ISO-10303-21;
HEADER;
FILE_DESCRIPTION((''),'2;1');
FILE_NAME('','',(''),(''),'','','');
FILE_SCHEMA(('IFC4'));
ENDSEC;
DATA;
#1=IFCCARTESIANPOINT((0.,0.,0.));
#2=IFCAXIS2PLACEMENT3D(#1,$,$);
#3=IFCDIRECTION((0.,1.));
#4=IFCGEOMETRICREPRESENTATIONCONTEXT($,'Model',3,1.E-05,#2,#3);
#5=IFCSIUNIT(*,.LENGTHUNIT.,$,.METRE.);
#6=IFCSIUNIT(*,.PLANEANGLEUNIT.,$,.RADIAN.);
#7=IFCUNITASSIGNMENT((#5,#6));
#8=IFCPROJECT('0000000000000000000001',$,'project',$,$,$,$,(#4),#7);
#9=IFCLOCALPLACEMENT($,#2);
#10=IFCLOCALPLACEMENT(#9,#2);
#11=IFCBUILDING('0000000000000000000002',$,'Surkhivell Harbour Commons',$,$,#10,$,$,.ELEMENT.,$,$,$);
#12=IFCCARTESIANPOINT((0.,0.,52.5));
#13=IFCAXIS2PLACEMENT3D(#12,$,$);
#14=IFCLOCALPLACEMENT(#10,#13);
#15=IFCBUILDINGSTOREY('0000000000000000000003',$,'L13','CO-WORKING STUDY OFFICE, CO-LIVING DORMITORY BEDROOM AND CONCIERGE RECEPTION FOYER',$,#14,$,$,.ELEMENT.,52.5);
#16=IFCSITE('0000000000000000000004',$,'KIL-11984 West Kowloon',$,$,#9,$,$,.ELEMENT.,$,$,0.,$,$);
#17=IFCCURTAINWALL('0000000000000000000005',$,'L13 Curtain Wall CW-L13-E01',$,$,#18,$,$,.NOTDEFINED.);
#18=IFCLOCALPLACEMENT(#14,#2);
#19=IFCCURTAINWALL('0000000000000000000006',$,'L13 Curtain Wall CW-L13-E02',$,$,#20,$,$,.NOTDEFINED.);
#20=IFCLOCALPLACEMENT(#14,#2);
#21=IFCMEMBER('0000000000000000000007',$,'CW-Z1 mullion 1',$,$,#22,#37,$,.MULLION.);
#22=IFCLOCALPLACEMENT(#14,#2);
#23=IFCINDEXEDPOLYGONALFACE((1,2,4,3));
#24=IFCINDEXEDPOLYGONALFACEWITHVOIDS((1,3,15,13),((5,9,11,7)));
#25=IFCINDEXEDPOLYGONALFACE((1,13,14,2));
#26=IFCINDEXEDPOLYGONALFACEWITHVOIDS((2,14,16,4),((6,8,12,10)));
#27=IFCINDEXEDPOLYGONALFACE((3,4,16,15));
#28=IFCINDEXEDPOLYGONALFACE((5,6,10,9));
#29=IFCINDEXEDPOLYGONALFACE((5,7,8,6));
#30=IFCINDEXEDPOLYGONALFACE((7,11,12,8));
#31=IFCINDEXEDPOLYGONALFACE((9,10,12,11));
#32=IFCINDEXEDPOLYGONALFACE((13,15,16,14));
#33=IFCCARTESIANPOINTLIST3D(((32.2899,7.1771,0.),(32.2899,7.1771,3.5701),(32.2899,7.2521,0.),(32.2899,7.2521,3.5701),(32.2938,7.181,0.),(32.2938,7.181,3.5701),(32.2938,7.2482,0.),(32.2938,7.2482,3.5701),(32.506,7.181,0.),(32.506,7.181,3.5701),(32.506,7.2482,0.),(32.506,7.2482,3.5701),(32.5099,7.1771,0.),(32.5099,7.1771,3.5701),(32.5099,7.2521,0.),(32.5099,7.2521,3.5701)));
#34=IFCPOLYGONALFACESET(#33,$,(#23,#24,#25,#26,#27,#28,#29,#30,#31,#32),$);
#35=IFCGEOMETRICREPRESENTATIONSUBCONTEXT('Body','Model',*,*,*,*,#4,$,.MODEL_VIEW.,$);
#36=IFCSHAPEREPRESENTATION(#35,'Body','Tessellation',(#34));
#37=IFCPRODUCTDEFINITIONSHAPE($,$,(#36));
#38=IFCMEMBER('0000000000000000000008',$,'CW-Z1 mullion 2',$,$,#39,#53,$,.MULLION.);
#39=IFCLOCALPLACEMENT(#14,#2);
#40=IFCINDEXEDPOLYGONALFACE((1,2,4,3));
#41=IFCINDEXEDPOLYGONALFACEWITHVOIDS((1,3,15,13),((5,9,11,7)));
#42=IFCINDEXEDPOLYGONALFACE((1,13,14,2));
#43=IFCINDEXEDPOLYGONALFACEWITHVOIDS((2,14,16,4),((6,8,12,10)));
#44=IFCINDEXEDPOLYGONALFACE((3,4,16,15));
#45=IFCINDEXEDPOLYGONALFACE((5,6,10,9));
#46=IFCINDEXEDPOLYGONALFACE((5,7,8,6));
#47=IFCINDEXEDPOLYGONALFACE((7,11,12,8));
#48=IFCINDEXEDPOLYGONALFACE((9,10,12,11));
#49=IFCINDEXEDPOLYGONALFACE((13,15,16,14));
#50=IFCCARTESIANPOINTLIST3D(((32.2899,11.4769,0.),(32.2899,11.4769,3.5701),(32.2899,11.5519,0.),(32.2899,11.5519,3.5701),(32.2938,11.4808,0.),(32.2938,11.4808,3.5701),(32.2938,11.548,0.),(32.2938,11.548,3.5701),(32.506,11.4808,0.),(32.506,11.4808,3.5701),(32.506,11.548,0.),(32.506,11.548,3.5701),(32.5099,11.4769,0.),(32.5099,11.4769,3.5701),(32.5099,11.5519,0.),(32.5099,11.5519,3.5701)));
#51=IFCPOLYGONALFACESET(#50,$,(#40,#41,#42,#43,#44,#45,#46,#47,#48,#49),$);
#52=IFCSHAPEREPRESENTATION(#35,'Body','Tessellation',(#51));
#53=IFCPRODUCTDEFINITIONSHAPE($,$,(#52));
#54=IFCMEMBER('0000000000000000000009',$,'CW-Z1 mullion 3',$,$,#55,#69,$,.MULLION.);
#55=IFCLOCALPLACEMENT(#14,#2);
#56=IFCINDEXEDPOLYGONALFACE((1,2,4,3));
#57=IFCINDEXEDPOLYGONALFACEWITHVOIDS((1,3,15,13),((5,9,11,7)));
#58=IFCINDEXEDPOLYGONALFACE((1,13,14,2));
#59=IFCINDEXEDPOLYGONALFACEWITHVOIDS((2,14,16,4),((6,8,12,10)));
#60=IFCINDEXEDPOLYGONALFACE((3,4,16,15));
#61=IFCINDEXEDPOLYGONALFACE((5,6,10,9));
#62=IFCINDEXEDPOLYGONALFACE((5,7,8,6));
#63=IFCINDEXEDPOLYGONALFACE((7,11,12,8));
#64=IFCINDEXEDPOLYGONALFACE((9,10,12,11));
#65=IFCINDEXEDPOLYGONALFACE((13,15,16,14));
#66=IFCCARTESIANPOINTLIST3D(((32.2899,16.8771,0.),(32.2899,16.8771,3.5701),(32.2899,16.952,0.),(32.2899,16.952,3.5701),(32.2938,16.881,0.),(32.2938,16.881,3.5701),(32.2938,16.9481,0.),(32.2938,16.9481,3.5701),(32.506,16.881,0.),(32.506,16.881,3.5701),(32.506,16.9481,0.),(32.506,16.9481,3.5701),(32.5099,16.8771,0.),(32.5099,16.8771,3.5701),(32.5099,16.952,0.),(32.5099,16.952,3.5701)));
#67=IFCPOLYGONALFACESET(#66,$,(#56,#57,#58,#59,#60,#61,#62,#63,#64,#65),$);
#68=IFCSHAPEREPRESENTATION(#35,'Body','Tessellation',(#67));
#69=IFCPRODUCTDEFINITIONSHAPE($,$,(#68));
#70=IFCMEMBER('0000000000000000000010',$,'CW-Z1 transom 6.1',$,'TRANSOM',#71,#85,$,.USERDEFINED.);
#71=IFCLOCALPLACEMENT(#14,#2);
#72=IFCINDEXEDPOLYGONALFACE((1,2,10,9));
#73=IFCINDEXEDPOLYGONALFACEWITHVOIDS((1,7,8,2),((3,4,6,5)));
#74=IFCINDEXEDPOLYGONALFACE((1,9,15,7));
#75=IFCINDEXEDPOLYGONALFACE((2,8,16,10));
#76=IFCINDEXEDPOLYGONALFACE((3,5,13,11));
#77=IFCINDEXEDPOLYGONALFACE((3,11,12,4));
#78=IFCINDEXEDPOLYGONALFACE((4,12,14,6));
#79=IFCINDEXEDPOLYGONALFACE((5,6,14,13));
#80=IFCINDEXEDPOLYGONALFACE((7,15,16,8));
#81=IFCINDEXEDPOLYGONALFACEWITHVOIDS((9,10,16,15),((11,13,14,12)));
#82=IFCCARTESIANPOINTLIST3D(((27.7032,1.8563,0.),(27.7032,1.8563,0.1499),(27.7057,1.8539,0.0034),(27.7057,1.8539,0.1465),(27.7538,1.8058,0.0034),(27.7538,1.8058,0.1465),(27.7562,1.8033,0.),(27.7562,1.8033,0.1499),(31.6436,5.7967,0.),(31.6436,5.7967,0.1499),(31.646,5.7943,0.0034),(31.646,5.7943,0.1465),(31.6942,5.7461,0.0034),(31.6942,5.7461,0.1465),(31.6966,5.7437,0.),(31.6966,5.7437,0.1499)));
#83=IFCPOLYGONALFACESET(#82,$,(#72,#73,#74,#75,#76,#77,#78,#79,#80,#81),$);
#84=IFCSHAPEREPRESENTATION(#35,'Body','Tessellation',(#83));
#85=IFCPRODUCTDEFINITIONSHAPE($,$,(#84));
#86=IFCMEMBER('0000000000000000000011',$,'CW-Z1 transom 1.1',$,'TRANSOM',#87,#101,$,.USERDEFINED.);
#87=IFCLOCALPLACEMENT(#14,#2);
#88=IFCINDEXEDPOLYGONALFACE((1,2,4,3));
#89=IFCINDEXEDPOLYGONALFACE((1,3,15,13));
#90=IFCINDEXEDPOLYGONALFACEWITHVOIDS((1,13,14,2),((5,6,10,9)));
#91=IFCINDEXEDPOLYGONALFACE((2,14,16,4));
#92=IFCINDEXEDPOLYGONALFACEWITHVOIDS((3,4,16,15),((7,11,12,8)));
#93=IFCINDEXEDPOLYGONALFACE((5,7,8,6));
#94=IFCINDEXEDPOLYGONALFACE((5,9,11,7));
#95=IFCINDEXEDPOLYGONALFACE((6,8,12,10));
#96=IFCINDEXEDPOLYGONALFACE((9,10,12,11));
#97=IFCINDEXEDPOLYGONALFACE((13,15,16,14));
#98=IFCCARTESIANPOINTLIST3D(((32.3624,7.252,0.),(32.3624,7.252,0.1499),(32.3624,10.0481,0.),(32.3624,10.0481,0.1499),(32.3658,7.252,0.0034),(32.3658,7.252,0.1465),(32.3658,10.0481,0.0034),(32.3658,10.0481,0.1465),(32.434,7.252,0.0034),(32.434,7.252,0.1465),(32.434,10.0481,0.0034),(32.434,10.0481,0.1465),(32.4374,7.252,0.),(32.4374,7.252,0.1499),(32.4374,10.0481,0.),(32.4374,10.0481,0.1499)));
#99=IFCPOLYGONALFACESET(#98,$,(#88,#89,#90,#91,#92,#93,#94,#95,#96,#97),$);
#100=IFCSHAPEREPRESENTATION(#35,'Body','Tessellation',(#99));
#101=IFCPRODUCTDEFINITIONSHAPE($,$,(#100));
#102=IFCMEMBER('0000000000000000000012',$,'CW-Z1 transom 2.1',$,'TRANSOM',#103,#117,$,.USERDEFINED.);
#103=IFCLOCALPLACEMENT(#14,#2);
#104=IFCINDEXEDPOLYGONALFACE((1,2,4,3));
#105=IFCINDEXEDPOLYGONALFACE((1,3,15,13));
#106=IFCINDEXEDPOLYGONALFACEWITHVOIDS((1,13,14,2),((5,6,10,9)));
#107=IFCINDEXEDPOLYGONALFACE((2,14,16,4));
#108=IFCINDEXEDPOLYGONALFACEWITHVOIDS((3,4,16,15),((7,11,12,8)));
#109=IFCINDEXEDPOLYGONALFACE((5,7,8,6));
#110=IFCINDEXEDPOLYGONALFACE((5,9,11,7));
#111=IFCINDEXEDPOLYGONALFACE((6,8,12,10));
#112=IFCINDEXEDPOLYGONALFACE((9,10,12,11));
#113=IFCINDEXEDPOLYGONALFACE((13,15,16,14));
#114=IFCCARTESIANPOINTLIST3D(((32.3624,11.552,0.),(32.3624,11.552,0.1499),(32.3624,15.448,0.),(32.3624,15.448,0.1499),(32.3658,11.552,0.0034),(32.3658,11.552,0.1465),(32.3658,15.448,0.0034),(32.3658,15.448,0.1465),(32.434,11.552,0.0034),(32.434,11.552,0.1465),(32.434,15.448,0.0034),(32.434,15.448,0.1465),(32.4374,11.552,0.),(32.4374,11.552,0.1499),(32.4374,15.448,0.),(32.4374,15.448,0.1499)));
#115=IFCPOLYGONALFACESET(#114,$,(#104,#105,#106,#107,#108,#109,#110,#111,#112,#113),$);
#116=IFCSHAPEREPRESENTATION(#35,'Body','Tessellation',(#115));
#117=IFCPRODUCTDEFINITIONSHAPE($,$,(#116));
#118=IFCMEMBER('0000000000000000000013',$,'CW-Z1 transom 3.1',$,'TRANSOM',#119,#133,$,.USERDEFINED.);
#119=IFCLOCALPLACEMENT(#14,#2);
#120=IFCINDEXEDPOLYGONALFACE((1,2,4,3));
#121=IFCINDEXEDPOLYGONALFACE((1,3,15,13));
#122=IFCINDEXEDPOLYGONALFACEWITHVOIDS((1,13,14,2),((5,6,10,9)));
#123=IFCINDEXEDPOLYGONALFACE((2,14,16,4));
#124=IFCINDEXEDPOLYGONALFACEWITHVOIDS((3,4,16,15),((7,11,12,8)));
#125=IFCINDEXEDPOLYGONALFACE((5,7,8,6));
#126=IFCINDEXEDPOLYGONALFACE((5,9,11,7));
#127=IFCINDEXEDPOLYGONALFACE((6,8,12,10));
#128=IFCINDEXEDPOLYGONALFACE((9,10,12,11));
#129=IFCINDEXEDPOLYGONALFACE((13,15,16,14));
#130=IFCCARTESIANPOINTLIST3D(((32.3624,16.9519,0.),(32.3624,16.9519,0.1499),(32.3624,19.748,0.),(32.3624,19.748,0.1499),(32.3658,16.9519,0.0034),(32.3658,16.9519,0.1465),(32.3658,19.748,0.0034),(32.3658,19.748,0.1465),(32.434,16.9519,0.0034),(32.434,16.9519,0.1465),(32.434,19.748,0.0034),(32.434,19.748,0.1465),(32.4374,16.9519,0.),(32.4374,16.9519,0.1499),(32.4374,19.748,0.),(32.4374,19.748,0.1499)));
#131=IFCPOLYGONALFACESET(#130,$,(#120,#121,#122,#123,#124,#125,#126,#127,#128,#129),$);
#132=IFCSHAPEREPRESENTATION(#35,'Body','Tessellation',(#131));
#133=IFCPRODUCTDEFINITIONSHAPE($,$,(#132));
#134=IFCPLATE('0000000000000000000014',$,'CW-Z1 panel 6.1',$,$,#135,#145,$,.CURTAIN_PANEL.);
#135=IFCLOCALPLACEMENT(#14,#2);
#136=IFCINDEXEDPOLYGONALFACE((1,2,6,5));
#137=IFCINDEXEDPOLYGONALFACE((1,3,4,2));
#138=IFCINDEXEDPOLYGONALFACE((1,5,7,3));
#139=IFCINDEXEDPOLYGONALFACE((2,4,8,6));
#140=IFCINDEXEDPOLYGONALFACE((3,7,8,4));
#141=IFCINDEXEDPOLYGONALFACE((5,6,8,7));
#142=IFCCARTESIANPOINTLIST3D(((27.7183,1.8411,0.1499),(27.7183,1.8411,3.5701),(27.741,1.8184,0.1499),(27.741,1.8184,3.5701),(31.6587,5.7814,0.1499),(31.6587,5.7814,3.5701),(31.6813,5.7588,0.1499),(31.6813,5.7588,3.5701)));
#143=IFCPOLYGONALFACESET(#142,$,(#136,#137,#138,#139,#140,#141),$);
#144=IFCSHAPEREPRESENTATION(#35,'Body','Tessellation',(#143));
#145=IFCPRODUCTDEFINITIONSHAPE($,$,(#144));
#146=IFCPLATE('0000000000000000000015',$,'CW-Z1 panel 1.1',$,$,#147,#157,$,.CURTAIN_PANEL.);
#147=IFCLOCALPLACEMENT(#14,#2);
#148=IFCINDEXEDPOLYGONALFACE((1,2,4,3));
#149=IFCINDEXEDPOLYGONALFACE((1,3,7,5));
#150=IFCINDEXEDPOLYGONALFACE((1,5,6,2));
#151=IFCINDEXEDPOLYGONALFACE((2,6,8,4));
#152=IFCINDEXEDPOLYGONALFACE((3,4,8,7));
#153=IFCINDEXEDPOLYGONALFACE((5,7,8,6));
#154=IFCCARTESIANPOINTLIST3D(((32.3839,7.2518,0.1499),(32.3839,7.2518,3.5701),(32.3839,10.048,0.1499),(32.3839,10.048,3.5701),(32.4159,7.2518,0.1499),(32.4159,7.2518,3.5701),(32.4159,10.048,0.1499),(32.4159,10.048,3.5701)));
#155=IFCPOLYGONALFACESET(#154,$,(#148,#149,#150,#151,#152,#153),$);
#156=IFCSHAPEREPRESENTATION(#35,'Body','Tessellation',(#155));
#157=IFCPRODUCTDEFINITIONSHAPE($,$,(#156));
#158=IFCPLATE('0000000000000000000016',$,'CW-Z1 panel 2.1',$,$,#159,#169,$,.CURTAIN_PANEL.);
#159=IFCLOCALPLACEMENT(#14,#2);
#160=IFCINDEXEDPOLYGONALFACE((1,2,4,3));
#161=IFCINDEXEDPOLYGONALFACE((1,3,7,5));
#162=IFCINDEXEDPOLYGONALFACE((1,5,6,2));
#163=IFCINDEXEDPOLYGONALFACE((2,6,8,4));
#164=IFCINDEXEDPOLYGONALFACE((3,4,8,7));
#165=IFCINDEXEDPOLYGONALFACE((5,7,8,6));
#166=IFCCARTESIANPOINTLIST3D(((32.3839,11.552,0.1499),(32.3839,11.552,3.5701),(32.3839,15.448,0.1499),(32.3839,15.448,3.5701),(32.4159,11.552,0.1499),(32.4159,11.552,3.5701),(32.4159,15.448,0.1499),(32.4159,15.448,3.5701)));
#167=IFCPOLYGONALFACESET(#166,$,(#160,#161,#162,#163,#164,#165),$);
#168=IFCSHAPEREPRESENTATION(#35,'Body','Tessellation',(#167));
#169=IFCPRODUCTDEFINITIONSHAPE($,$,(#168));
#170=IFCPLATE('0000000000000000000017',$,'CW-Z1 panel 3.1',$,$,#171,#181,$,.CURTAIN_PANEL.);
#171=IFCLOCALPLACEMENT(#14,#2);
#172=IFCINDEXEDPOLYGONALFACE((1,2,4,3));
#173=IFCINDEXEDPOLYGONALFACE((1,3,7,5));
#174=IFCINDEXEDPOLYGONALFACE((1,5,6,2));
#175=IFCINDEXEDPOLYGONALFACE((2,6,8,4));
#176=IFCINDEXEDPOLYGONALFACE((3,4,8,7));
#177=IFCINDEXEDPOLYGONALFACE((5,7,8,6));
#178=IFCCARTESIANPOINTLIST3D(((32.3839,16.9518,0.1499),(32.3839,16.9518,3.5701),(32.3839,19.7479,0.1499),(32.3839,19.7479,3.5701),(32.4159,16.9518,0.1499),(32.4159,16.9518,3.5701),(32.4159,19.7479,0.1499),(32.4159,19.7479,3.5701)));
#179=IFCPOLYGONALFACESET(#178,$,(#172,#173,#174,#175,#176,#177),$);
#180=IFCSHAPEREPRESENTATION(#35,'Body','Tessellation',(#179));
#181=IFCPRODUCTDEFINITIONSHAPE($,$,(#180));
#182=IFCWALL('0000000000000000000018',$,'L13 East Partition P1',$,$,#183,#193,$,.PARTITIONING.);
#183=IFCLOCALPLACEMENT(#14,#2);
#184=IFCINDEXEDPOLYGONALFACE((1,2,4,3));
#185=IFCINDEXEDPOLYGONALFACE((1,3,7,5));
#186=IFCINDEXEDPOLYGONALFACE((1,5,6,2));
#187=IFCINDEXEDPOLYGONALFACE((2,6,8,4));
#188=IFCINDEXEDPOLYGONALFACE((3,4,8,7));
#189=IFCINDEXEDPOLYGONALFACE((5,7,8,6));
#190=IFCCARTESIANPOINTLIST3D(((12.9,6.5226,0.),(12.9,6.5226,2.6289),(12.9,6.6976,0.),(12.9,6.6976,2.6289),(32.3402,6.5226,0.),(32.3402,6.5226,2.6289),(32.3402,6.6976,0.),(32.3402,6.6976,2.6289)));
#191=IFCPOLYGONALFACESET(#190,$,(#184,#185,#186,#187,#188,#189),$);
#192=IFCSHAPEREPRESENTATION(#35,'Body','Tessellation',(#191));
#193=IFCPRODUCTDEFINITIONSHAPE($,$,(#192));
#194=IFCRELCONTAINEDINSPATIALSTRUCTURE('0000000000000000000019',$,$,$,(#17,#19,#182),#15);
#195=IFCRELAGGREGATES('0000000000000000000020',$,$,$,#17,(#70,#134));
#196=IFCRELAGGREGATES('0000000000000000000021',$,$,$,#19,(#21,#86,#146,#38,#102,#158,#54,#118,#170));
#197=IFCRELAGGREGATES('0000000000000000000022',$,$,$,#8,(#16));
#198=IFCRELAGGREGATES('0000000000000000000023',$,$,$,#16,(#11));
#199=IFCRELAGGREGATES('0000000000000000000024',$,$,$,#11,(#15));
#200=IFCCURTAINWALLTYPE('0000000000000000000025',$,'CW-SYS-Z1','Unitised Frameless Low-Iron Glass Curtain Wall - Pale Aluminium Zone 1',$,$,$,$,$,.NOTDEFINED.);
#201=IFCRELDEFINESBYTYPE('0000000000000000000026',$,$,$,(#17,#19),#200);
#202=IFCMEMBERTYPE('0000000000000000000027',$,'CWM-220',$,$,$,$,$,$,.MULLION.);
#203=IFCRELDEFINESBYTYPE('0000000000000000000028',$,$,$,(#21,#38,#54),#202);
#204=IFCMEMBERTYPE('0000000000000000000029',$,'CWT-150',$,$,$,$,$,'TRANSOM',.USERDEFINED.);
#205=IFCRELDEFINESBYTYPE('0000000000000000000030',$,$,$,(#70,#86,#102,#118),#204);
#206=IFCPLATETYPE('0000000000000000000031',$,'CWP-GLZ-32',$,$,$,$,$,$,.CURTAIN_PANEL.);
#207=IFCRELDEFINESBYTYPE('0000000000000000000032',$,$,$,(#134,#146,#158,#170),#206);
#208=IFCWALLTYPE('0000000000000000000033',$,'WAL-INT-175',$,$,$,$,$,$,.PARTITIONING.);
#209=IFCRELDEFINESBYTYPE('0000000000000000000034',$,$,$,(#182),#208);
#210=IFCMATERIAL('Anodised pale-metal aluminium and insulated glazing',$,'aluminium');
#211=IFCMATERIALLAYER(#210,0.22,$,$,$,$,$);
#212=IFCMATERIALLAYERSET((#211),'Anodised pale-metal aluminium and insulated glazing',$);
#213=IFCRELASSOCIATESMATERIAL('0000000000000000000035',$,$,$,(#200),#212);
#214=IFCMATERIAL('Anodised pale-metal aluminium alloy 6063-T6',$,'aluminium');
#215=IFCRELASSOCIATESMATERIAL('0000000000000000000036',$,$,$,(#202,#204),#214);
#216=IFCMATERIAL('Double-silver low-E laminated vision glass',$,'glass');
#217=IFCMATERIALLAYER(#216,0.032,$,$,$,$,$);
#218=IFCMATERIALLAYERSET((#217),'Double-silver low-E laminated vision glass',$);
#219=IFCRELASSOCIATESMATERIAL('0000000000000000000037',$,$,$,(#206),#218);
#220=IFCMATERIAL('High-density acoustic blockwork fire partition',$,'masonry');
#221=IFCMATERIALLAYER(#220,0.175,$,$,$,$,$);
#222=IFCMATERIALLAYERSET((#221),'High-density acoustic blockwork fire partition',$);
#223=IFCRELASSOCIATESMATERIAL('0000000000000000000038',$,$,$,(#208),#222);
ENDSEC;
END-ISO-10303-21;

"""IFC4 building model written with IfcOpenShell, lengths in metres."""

from ifc_helpers import new_model, si_unit, direction, frame, frame_2d, origin, origin_2d, place, context, subcontext, project, spatial, rectangle, hollow_rectangle, extrude, material, layer, layer_set, material_profile, profile_set, type_object, element, aggregate, save


model = new_model("IFC4")

# Units and contexts
model_context = context("Model", 3, precision=1e-05, world=origin(), true_north=direction((0.0, 1.0)))
body_context = subcontext(model_context, "Body", "Model", "MODEL_VIEW")
ifc_project = project(units=[si_unit("LENGTHUNIT", "METRE"), si_unit("PLANEANGLEUNIT", "RADIAN")], contexts=[model_context])

# Site, building, storey
site_placement = place(None, origin())
site = spatial("IfcSite", under=ifc_project, at=site_placement, Name="KIL-11984 West Kowloon", CompositionType="ELEMENT", RefElevation=0.0)
building_placement = place(site_placement, origin())
building = spatial("IfcBuilding", under=site, at=building_placement, Name="Surkhivell Harbour Commons", CompositionType="ELEMENT")
storey_placement = place(building_placement, frame((0.0, 0.0, 52.5)))
storey = spatial("IfcBuildingStorey", under=building, at=storey_placement, Name="L13", Description="CO-WORKING STUDY OFFICE, CO-LIVING DORMITORY BEDROOM AND CONCIERGE RECEPTION FOYER", CompositionType="ELEMENT", Elevation=52.5)

# Curtain walls, members
ifc_material_1 = material(Name="Anodised pale-metal aluminium and insulated glazing", Category="aluminium")
ifc_layer_1 = layer(ifc_material_1, 0.22)
ifc_layer_set_1 = layer_set([ifc_layer_1], Name="Anodised pale-metal aluminium and insulated glazing")
curtain_wall_type = type_object("IfcCurtainWallType", Name="CW-SYS-Z1", Description="Unitised Frameless Low-Iron Glass Curtain Wall - Pale Aluminium Zone 1", PredefinedType="NOTDEFINED", material=ifc_layer_set_1)
curtain_wall_1_placement = place(storey_placement, origin())
curtain_wall_1 = element("IfcCurtainWall", 1, at=curtain_wall_1_placement, inside=storey, type_object=curtain_wall_type, Name="L13 Curtain Wall CW-L13-E01", PredefinedType="NOTDEFINED")
ifc_material_2 = material(Name="Anodised pale-metal aluminium alloy 6063-T6", Category="aluminium")
ifc_material_profile_1 = material_profile(ifc_material_2, hollow_rectangle(XDim=0.075, YDim=0.22, WallThickness=0.0039, at=origin_2d()), Name="ALU-MULL-75x220")
ifc_profile_set_1 = profile_set([ifc_material_profile_1], Name="Anodised pale-metal aluminium alloy 6063-T6")
member_type_1 = type_object("IfcMemberType", Name="CWM-220", PredefinedType="MULLION", material=ifc_profile_set_1)
curtain_wall_2_placement = place(storey_placement, origin())
curtain_wall_2 = element("IfcCurtainWall", 2, at=curtain_wall_2_placement, inside=storey, type_object=curtain_wall_type, Name="L13 Curtain Wall CW-L13-E02", PredefinedType="NOTDEFINED")
member_1_placement = place(storey_placement, frame((32.3999, 7.2146, 0.0), z_axis=(0.0, 0.0, 1.0), x_axis=(0.0, 1.0, 0.0)))
member_1 = element("IfcMember", 3, at=member_1_placement, type_object=member_type_1, Name="CW-Z1 mullion 1", PredefinedType="MULLION", context=body_context, shape_type="SweptSolid", body=[
    extrude(hollow_rectangle(XDim=0.075, YDim=0.22, WallThickness=0.0039, at=origin_2d()), origin(), (0.0, 0.0, 1.0), 3.5701),
])
member_2_placement = place(storey_placement, frame((32.3999, 11.5144, 0.0), z_axis=(0.0, 0.0, 1.0), x_axis=(0.0, 1.0, 0.0)))
member_2 = element("IfcMember", 4, at=member_2_placement, type_object=member_type_1, Name="CW-Z1 mullion 2", PredefinedType="MULLION", context=body_context, shape_type="SweptSolid", body=[
    extrude(hollow_rectangle(XDim=0.075, YDim=0.22, WallThickness=0.0039, at=origin_2d()), origin(), (0.0, 0.0, 1.0), 3.5701),
])
member_3_placement = place(storey_placement, frame((32.3999, 16.9146, 0.0), z_axis=(0.0, 0.0, 1.0), x_axis=(0.0, 1.0, 0.0)))
member_3 = element("IfcMember", 5, at=member_3_placement, type_object=member_type_1, Name="CW-Z1 mullion 3", PredefinedType="MULLION", context=body_context, shape_type="SweptSolid", body=[
    extrude(hollow_rectangle(XDim=0.075, YDim=0.22, WallThickness=0.0039, at=origin_2d()), origin(), (0.0, 0.0, 1.0), 3.5701),
])

# Members
ifc_material_profile_2 = material_profile(ifc_material_2, hollow_rectangle(XDim=0.075, YDim=0.1499, WallThickness=0.0034, at=origin_2d()), Name="ALU-TRAN-75x150")
ifc_profile_set_2 = profile_set([ifc_material_profile_2], Name="Anodised pale-metal aluminium alloy 6063-T6")
member_type_2 = type_object("IfcMemberType", Name="CWT-150", ElementType="TRANSOM", PredefinedType="USERDEFINED", material=ifc_profile_set_2)
member_4_placement = place(storey_placement, frame((27.7297, 1.8298, 0.075), z_axis=(0.707107, 0.707107, 0.0), x_axis=(-0.707107, 0.707107, 0.0)))
member_4 = element("IfcMember", 6, at=member_4_placement, type_object=member_type_2, Name="CW-Z1 transom 6.1", ObjectType="TRANSOM", PredefinedType="USERDEFINED", context=body_context, shape_type="SweptSolid", body=[
    extrude(hollow_rectangle(XDim=0.075, YDim=0.1499, WallThickness=0.0034, at=origin_2d()), origin(), (0.0, 0.0, 1.0), 5.5725),
])
member_5_placement = place(storey_placement, frame((32.3999, 7.252, 0.075), z_axis=(0.0, 1.0, 0.0), x_axis=(-1.0, 0.0, 0.0)))
member_5 = element("IfcMember", 7, at=member_5_placement, type_object=member_type_2, Name="CW-Z1 transom 1.1", ObjectType="TRANSOM", PredefinedType="USERDEFINED", context=body_context, shape_type="SweptSolid", body=[
    extrude(hollow_rectangle(XDim=0.075, YDim=0.1499, WallThickness=0.0034, at=origin_2d()), origin(), (0.0, 0.0, 1.0), 2.7961),
])
member_6_placement = place(storey_placement, frame((32.3999, 11.552, 0.075), z_axis=(0.0, 1.0, 0.0), x_axis=(-1.0, 0.0, 0.0)))
member_6 = element("IfcMember", 8, at=member_6_placement, type_object=member_type_2, Name="CW-Z1 transom 2.1", ObjectType="TRANSOM", PredefinedType="USERDEFINED", context=body_context, shape_type="SweptSolid", body=[
    extrude(hollow_rectangle(XDim=0.075, YDim=0.1499, WallThickness=0.0034, at=origin_2d()), origin(), (0.0, 0.0, 1.0), 3.896),
])
member_7_placement = place(storey_placement, frame((32.3999, 16.9519, 0.075), z_axis=(0.0, 1.0, 0.0), x_axis=(-1.0, 0.0, 0.0)))
member_7 = element("IfcMember", 9, at=member_7_placement, type_object=member_type_2, Name="CW-Z1 transom 3.1", ObjectType="TRANSOM", PredefinedType="USERDEFINED", context=body_context, shape_type="SweptSolid", body=[
    extrude(hollow_rectangle(XDim=0.075, YDim=0.1499, WallThickness=0.0034, at=origin_2d()), origin(), (0.0, 0.0, 1.0), 2.7961),
])

# Plates
ifc_material_3 = material(Name="Double-silver low-E laminated vision glass", Category="glass")
ifc_layer_2 = layer(ifc_material_3, 0.032)
ifc_layer_set_2 = layer_set([ifc_layer_2], Name="Double-silver low-E laminated vision glass")
plate_type = type_object("IfcPlateType", Name="CWP-GLZ-32", PredefinedType="CURTAIN_PANEL", material=ifc_layer_set_2)
plate_1_placement = place(storey_placement, frame((27.7297, 1.8298, 0.1499), z_axis=(0.0, 0.0, 1.0), x_axis=(0.707107, 0.707107, 0.0)))
plate_1 = element("IfcPlate", 10, at=plate_1_placement, type_object=plate_type, Name="CW-Z1 panel 6.1", PredefinedType="CURTAIN_PANEL", context=body_context, shape_type="SweptSolid", body=[
    extrude(rectangle(XDim=5.5725, YDim=0.032, at=frame_2d((2.7861, 0.0))), origin(), (0.0, 0.0, 1.0), 3.4202),
])
aggregate(curtain_wall_1, [member_4, plate_1])
plate_2_placement = place(storey_placement, frame((32.3999, 7.252, 0.1499), z_axis=(0.0, 0.0, 1.0), x_axis=(0.0, 1.0, 0.0)))
plate_2 = element("IfcPlate", 11, at=plate_2_placement, type_object=plate_type, Name="CW-Z1 panel 1.1", PredefinedType="CURTAIN_PANEL", context=body_context, shape_type="SweptSolid", body=[
    extrude(rectangle(XDim=2.7961, YDim=0.032, at=frame_2d((1.3979, 0.0))), origin(), (0.0, 0.0, 1.0), 3.4202),
])
plate_3_placement = place(storey_placement, frame((32.3999, 11.552, 0.1499), z_axis=(0.0, 0.0, 1.0), x_axis=(0.0, 1.0, 0.0)))
plate_3 = element("IfcPlate", 12, at=plate_3_placement, type_object=plate_type, Name="CW-Z1 panel 2.1", PredefinedType="CURTAIN_PANEL", context=body_context, shape_type="SweptSolid", body=[
    extrude(rectangle(XDim=3.896, YDim=0.032, at=frame_2d((1.948, 0.0))), origin(), (0.0, 0.0, 1.0), 3.4202),
])
plate_4_placement = place(storey_placement, frame((32.3999, 16.9519, 0.1499), z_axis=(0.0, 0.0, 1.0), x_axis=(0.0, 1.0, 0.0)))
plate_4 = element("IfcPlate", 13, at=plate_4_placement, type_object=plate_type, Name="CW-Z1 panel 3.1", PredefinedType="CURTAIN_PANEL", context=body_context, shape_type="SweptSolid", body=[
    extrude(rectangle(XDim=2.7961, YDim=0.032, at=frame_2d((1.3979, 0.0))), origin(), (0.0, 0.0, 1.0), 3.4202),
])
aggregate(curtain_wall_2, [member_1, member_5, plate_2, member_2, member_6, plate_3, member_3, member_7, plate_4])

# Wall
ifc_material_4 = material(Name="High-density acoustic blockwork fire partition", Category="masonry")
ifc_layer_3 = layer(ifc_material_4, 0.175)
ifc_layer_set_3 = layer_set([ifc_layer_3], Name="High-density acoustic blockwork fire partition")
wall_type_1 = type_object("IfcWallType", Name="WAL-INT-175", PredefinedType="PARTITIONING", material=ifc_layer_set_3)
wall_1_placement = place(storey_placement, frame((12.8999, 6.6101, 0.0), z_axis=(0.0, 0.0, 1.0), x_axis=(1.0, 0.0, 0.0)))
element("IfcWall", 14, at=wall_1_placement, inside=storey, type_object=wall_type_1, Name="L13 East Partition P1", PredefinedType="PARTITIONING", context=body_context, shape_type="SweptSolid", body=[
    extrude(rectangle(XDim=19.4402, YDim=0.175, at=frame_2d((9.7202, 0.0))), origin(), (0.0, 0.0, 1.0), 2.6289),
])

save(model, "model.ifc")
